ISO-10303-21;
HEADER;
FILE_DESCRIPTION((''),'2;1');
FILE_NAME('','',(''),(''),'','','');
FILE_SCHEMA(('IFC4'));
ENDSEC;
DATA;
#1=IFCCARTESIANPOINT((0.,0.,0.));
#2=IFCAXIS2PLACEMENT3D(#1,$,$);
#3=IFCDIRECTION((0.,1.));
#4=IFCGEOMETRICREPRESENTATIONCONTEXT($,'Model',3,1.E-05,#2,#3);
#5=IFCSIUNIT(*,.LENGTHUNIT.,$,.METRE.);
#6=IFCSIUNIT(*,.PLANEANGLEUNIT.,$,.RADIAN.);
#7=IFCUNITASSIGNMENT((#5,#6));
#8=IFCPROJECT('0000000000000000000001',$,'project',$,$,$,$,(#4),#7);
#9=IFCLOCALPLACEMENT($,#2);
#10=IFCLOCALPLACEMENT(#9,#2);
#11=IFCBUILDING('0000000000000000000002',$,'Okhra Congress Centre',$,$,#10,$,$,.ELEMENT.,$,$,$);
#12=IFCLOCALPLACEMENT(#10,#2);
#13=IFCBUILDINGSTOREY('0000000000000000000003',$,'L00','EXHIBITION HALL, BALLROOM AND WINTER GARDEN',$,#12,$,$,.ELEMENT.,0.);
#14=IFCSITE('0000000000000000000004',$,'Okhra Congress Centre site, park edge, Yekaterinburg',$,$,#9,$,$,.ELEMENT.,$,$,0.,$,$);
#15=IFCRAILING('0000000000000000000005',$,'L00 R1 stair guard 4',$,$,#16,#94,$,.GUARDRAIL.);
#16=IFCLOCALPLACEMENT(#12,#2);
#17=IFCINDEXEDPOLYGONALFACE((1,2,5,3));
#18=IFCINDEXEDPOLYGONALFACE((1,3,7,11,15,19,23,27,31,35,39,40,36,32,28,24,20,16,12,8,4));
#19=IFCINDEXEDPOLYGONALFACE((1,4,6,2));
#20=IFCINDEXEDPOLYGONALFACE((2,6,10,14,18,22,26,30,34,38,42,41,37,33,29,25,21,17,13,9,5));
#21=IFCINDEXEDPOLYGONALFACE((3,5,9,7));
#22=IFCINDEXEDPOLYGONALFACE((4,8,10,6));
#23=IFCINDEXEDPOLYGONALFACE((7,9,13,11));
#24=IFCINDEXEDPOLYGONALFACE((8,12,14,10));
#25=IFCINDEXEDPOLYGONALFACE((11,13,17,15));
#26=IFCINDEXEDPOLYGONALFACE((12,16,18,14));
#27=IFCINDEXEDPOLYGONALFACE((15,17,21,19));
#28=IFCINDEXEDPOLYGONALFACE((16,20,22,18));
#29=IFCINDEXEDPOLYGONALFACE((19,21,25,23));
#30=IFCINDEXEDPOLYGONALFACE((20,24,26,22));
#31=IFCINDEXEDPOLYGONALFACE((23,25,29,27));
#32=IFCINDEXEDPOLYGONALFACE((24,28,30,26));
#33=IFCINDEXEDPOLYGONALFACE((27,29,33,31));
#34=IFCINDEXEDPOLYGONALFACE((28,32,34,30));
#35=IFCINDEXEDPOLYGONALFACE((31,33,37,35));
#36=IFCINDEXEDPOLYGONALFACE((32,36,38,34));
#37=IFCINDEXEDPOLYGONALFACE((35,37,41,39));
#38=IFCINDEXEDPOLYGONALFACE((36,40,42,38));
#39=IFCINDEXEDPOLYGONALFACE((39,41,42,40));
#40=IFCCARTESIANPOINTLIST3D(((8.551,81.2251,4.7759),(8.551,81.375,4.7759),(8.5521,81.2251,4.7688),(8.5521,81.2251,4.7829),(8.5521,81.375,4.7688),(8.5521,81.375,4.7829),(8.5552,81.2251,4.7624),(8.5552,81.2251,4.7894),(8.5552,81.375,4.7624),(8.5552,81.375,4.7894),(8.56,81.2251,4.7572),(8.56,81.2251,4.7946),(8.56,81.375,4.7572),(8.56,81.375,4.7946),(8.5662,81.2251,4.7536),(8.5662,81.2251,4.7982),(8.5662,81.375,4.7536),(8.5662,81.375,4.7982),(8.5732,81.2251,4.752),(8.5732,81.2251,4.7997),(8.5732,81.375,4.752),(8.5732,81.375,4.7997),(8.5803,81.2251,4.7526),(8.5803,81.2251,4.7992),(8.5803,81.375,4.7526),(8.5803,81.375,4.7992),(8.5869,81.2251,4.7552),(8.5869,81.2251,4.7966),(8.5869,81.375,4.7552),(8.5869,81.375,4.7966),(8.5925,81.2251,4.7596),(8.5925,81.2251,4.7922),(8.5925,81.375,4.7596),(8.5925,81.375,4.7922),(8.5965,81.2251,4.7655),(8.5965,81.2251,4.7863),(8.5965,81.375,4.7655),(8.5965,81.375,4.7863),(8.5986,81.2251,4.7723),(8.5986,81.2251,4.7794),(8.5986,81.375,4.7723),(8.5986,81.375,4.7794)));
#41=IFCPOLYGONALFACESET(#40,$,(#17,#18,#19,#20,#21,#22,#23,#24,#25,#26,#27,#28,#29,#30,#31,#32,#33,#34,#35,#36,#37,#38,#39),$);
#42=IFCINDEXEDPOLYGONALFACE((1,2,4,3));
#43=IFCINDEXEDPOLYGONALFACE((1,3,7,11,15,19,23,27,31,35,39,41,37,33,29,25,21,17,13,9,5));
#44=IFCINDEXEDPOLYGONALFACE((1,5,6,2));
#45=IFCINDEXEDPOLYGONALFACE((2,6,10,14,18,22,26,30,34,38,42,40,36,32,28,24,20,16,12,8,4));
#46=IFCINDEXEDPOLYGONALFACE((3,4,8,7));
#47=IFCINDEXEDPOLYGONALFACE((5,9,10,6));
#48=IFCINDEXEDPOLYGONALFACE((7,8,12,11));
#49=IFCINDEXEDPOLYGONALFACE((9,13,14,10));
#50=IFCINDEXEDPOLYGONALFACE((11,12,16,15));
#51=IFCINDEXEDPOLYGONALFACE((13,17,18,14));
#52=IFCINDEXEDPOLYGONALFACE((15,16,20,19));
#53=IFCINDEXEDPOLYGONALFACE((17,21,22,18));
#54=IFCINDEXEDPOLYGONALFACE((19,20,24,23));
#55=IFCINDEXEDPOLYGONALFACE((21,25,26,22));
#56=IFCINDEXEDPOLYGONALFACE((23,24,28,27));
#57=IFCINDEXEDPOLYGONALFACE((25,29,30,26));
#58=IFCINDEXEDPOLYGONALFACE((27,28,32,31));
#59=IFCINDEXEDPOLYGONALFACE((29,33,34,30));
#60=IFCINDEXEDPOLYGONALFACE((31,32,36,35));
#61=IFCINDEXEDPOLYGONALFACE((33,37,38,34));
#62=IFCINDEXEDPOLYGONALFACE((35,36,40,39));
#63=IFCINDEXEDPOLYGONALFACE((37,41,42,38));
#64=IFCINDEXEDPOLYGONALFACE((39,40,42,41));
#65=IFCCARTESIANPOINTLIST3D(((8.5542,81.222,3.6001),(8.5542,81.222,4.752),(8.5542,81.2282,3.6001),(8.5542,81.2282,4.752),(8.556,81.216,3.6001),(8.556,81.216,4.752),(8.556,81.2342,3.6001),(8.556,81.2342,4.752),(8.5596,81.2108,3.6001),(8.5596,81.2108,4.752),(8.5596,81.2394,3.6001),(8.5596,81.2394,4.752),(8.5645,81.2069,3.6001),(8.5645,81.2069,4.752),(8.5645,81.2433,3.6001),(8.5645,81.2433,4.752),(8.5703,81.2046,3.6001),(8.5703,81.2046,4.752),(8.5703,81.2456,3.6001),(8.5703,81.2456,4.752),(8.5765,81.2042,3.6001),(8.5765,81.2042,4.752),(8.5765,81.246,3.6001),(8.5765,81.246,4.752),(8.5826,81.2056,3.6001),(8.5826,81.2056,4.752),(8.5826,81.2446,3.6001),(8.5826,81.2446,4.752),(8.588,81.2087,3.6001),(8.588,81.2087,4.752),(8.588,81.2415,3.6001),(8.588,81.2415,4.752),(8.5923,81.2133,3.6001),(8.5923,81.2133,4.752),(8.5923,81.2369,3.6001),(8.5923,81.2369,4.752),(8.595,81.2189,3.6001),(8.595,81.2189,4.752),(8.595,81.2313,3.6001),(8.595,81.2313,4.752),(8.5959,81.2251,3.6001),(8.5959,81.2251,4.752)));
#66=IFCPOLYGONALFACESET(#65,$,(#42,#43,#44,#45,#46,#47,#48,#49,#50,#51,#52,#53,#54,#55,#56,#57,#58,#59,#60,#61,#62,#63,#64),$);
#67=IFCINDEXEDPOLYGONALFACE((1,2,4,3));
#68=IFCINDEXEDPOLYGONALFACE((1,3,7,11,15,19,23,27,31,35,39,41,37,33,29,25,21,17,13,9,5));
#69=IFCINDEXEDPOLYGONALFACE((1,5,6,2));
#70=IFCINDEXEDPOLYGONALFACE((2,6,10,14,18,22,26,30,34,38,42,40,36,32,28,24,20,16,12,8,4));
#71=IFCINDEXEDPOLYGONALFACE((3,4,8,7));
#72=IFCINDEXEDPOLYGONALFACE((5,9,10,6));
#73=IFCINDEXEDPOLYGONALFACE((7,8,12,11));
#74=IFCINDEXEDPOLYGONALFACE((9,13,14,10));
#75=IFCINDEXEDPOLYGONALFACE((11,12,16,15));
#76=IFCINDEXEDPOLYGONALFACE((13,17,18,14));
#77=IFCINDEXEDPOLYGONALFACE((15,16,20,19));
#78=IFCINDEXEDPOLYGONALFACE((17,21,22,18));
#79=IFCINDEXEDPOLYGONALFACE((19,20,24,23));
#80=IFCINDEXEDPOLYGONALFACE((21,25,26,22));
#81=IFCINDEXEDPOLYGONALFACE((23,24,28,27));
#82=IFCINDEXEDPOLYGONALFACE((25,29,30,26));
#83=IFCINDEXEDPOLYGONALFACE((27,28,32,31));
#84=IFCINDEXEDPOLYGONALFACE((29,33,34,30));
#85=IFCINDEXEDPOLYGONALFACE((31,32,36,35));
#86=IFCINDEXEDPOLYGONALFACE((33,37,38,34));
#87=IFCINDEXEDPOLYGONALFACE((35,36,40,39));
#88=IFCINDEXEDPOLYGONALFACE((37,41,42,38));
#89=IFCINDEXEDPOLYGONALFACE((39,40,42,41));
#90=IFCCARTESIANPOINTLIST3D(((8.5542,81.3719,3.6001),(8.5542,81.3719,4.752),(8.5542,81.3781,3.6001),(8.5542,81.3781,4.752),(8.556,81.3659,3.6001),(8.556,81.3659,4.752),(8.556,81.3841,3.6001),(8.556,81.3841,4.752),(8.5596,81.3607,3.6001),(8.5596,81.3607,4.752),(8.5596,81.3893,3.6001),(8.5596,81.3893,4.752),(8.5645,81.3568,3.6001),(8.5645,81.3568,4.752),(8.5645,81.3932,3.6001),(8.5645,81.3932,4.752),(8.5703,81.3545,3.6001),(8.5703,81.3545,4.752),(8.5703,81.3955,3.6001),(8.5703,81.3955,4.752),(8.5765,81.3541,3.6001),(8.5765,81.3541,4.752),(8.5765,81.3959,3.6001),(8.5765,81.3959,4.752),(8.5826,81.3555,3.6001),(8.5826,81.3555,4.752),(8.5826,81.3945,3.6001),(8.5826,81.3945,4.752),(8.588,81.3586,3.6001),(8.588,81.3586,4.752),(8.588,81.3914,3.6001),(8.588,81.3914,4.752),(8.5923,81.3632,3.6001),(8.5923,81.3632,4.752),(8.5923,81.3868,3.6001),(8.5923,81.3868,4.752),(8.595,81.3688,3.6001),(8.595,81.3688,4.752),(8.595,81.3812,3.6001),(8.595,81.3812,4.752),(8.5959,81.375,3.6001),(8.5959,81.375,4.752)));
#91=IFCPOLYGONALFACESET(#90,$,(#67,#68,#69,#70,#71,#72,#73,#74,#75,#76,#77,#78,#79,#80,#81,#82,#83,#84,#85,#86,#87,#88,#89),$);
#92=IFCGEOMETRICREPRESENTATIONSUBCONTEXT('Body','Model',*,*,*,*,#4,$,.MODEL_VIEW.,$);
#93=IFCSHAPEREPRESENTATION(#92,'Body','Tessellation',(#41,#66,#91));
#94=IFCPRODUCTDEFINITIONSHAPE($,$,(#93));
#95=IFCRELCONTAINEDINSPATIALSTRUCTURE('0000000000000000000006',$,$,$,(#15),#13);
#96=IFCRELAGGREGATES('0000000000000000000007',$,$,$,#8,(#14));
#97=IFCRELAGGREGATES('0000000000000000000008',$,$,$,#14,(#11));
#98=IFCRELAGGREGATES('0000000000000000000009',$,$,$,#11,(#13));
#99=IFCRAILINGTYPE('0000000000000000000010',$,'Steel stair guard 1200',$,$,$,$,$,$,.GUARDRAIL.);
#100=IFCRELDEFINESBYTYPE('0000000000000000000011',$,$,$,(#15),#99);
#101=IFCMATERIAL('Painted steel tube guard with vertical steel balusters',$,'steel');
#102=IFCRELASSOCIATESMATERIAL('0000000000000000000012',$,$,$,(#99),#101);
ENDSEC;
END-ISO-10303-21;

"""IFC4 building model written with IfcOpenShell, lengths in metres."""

from ifc_helpers import new_model, si_unit, direction, frame, origin, origin_2d, place, context, subcontext, project, spatial, circle, extrude, material, type_object, element, save


model = new_model("IFC4")

# Units and contexts
model_context = context("Model", 3, precision=1e-05, world=origin(), true_north=direction((0.0, 1.0)))
body_context = subcontext(model_context, "Body", "Model", "MODEL_VIEW")
ifc_project = project(units=[si_unit("LENGTHUNIT", "METRE"), si_unit("PLANEANGLEUNIT", "RADIAN")], contexts=[model_context])

# Site, building, storey
site_placement = place(None, origin())
site = spatial("IfcSite", under=ifc_project, at=site_placement, Name="Okhra Congress Centre site, park edge, Yekaterinburg", CompositionType="ELEMENT", RefElevation=0.0)
building_placement = place(site_placement, origin())
building = spatial("IfcBuilding", under=site, at=building_placement, Name="Okhra Congress Centre", CompositionType="ELEMENT")
storey_placement = place(building_placement, origin())
storey = spatial("IfcBuildingStorey", under=building, at=storey_placement, Name="L00", Description="EXHIBITION HALL, BALLROOM AND WINTER GARDEN", CompositionType="ELEMENT", Elevation=0.0)

# Railing
ifc_material_1 = material(Name="Painted steel tube guard with vertical steel balusters", Category="steel")
railing_type_1 = type_object("IfcRailingType", Name="Steel stair guard 1200", PredefinedType="GUARDRAIL", material=ifc_material_1)
railing_1_placement = place(storey_placement, frame((8.575, 81.2251, 3.6001)))
element("IfcRailing", 1, at=railing_1_placement, inside=storey, type_object=railing_type_1, Name="L00 R1 stair guard 4", PredefinedType="GUARDRAIL", context=body_context, shape_type="SweptSolid", body=[
    extrude(circle(Radius=0.0239, at=origin_2d()), frame((0.0, 0.0, 1.1758), z_axis=(0.0, 1.0, 0.0), x_axis=(-1.0, 0.0, 0.0)), (0.0, 0.0, 1.0), 0.1499),
    extrude(circle(Radius=0.021, at=origin_2d()), origin(), (0.0, 0.0, 1.0), 1.1519),
    extrude(circle(Radius=0.021, at=origin_2d()), frame((0.0, 0.1499, 0.0)), (0.0, 0.0, 1.0), 1.1519),
])

save(model, "model.ifc")
